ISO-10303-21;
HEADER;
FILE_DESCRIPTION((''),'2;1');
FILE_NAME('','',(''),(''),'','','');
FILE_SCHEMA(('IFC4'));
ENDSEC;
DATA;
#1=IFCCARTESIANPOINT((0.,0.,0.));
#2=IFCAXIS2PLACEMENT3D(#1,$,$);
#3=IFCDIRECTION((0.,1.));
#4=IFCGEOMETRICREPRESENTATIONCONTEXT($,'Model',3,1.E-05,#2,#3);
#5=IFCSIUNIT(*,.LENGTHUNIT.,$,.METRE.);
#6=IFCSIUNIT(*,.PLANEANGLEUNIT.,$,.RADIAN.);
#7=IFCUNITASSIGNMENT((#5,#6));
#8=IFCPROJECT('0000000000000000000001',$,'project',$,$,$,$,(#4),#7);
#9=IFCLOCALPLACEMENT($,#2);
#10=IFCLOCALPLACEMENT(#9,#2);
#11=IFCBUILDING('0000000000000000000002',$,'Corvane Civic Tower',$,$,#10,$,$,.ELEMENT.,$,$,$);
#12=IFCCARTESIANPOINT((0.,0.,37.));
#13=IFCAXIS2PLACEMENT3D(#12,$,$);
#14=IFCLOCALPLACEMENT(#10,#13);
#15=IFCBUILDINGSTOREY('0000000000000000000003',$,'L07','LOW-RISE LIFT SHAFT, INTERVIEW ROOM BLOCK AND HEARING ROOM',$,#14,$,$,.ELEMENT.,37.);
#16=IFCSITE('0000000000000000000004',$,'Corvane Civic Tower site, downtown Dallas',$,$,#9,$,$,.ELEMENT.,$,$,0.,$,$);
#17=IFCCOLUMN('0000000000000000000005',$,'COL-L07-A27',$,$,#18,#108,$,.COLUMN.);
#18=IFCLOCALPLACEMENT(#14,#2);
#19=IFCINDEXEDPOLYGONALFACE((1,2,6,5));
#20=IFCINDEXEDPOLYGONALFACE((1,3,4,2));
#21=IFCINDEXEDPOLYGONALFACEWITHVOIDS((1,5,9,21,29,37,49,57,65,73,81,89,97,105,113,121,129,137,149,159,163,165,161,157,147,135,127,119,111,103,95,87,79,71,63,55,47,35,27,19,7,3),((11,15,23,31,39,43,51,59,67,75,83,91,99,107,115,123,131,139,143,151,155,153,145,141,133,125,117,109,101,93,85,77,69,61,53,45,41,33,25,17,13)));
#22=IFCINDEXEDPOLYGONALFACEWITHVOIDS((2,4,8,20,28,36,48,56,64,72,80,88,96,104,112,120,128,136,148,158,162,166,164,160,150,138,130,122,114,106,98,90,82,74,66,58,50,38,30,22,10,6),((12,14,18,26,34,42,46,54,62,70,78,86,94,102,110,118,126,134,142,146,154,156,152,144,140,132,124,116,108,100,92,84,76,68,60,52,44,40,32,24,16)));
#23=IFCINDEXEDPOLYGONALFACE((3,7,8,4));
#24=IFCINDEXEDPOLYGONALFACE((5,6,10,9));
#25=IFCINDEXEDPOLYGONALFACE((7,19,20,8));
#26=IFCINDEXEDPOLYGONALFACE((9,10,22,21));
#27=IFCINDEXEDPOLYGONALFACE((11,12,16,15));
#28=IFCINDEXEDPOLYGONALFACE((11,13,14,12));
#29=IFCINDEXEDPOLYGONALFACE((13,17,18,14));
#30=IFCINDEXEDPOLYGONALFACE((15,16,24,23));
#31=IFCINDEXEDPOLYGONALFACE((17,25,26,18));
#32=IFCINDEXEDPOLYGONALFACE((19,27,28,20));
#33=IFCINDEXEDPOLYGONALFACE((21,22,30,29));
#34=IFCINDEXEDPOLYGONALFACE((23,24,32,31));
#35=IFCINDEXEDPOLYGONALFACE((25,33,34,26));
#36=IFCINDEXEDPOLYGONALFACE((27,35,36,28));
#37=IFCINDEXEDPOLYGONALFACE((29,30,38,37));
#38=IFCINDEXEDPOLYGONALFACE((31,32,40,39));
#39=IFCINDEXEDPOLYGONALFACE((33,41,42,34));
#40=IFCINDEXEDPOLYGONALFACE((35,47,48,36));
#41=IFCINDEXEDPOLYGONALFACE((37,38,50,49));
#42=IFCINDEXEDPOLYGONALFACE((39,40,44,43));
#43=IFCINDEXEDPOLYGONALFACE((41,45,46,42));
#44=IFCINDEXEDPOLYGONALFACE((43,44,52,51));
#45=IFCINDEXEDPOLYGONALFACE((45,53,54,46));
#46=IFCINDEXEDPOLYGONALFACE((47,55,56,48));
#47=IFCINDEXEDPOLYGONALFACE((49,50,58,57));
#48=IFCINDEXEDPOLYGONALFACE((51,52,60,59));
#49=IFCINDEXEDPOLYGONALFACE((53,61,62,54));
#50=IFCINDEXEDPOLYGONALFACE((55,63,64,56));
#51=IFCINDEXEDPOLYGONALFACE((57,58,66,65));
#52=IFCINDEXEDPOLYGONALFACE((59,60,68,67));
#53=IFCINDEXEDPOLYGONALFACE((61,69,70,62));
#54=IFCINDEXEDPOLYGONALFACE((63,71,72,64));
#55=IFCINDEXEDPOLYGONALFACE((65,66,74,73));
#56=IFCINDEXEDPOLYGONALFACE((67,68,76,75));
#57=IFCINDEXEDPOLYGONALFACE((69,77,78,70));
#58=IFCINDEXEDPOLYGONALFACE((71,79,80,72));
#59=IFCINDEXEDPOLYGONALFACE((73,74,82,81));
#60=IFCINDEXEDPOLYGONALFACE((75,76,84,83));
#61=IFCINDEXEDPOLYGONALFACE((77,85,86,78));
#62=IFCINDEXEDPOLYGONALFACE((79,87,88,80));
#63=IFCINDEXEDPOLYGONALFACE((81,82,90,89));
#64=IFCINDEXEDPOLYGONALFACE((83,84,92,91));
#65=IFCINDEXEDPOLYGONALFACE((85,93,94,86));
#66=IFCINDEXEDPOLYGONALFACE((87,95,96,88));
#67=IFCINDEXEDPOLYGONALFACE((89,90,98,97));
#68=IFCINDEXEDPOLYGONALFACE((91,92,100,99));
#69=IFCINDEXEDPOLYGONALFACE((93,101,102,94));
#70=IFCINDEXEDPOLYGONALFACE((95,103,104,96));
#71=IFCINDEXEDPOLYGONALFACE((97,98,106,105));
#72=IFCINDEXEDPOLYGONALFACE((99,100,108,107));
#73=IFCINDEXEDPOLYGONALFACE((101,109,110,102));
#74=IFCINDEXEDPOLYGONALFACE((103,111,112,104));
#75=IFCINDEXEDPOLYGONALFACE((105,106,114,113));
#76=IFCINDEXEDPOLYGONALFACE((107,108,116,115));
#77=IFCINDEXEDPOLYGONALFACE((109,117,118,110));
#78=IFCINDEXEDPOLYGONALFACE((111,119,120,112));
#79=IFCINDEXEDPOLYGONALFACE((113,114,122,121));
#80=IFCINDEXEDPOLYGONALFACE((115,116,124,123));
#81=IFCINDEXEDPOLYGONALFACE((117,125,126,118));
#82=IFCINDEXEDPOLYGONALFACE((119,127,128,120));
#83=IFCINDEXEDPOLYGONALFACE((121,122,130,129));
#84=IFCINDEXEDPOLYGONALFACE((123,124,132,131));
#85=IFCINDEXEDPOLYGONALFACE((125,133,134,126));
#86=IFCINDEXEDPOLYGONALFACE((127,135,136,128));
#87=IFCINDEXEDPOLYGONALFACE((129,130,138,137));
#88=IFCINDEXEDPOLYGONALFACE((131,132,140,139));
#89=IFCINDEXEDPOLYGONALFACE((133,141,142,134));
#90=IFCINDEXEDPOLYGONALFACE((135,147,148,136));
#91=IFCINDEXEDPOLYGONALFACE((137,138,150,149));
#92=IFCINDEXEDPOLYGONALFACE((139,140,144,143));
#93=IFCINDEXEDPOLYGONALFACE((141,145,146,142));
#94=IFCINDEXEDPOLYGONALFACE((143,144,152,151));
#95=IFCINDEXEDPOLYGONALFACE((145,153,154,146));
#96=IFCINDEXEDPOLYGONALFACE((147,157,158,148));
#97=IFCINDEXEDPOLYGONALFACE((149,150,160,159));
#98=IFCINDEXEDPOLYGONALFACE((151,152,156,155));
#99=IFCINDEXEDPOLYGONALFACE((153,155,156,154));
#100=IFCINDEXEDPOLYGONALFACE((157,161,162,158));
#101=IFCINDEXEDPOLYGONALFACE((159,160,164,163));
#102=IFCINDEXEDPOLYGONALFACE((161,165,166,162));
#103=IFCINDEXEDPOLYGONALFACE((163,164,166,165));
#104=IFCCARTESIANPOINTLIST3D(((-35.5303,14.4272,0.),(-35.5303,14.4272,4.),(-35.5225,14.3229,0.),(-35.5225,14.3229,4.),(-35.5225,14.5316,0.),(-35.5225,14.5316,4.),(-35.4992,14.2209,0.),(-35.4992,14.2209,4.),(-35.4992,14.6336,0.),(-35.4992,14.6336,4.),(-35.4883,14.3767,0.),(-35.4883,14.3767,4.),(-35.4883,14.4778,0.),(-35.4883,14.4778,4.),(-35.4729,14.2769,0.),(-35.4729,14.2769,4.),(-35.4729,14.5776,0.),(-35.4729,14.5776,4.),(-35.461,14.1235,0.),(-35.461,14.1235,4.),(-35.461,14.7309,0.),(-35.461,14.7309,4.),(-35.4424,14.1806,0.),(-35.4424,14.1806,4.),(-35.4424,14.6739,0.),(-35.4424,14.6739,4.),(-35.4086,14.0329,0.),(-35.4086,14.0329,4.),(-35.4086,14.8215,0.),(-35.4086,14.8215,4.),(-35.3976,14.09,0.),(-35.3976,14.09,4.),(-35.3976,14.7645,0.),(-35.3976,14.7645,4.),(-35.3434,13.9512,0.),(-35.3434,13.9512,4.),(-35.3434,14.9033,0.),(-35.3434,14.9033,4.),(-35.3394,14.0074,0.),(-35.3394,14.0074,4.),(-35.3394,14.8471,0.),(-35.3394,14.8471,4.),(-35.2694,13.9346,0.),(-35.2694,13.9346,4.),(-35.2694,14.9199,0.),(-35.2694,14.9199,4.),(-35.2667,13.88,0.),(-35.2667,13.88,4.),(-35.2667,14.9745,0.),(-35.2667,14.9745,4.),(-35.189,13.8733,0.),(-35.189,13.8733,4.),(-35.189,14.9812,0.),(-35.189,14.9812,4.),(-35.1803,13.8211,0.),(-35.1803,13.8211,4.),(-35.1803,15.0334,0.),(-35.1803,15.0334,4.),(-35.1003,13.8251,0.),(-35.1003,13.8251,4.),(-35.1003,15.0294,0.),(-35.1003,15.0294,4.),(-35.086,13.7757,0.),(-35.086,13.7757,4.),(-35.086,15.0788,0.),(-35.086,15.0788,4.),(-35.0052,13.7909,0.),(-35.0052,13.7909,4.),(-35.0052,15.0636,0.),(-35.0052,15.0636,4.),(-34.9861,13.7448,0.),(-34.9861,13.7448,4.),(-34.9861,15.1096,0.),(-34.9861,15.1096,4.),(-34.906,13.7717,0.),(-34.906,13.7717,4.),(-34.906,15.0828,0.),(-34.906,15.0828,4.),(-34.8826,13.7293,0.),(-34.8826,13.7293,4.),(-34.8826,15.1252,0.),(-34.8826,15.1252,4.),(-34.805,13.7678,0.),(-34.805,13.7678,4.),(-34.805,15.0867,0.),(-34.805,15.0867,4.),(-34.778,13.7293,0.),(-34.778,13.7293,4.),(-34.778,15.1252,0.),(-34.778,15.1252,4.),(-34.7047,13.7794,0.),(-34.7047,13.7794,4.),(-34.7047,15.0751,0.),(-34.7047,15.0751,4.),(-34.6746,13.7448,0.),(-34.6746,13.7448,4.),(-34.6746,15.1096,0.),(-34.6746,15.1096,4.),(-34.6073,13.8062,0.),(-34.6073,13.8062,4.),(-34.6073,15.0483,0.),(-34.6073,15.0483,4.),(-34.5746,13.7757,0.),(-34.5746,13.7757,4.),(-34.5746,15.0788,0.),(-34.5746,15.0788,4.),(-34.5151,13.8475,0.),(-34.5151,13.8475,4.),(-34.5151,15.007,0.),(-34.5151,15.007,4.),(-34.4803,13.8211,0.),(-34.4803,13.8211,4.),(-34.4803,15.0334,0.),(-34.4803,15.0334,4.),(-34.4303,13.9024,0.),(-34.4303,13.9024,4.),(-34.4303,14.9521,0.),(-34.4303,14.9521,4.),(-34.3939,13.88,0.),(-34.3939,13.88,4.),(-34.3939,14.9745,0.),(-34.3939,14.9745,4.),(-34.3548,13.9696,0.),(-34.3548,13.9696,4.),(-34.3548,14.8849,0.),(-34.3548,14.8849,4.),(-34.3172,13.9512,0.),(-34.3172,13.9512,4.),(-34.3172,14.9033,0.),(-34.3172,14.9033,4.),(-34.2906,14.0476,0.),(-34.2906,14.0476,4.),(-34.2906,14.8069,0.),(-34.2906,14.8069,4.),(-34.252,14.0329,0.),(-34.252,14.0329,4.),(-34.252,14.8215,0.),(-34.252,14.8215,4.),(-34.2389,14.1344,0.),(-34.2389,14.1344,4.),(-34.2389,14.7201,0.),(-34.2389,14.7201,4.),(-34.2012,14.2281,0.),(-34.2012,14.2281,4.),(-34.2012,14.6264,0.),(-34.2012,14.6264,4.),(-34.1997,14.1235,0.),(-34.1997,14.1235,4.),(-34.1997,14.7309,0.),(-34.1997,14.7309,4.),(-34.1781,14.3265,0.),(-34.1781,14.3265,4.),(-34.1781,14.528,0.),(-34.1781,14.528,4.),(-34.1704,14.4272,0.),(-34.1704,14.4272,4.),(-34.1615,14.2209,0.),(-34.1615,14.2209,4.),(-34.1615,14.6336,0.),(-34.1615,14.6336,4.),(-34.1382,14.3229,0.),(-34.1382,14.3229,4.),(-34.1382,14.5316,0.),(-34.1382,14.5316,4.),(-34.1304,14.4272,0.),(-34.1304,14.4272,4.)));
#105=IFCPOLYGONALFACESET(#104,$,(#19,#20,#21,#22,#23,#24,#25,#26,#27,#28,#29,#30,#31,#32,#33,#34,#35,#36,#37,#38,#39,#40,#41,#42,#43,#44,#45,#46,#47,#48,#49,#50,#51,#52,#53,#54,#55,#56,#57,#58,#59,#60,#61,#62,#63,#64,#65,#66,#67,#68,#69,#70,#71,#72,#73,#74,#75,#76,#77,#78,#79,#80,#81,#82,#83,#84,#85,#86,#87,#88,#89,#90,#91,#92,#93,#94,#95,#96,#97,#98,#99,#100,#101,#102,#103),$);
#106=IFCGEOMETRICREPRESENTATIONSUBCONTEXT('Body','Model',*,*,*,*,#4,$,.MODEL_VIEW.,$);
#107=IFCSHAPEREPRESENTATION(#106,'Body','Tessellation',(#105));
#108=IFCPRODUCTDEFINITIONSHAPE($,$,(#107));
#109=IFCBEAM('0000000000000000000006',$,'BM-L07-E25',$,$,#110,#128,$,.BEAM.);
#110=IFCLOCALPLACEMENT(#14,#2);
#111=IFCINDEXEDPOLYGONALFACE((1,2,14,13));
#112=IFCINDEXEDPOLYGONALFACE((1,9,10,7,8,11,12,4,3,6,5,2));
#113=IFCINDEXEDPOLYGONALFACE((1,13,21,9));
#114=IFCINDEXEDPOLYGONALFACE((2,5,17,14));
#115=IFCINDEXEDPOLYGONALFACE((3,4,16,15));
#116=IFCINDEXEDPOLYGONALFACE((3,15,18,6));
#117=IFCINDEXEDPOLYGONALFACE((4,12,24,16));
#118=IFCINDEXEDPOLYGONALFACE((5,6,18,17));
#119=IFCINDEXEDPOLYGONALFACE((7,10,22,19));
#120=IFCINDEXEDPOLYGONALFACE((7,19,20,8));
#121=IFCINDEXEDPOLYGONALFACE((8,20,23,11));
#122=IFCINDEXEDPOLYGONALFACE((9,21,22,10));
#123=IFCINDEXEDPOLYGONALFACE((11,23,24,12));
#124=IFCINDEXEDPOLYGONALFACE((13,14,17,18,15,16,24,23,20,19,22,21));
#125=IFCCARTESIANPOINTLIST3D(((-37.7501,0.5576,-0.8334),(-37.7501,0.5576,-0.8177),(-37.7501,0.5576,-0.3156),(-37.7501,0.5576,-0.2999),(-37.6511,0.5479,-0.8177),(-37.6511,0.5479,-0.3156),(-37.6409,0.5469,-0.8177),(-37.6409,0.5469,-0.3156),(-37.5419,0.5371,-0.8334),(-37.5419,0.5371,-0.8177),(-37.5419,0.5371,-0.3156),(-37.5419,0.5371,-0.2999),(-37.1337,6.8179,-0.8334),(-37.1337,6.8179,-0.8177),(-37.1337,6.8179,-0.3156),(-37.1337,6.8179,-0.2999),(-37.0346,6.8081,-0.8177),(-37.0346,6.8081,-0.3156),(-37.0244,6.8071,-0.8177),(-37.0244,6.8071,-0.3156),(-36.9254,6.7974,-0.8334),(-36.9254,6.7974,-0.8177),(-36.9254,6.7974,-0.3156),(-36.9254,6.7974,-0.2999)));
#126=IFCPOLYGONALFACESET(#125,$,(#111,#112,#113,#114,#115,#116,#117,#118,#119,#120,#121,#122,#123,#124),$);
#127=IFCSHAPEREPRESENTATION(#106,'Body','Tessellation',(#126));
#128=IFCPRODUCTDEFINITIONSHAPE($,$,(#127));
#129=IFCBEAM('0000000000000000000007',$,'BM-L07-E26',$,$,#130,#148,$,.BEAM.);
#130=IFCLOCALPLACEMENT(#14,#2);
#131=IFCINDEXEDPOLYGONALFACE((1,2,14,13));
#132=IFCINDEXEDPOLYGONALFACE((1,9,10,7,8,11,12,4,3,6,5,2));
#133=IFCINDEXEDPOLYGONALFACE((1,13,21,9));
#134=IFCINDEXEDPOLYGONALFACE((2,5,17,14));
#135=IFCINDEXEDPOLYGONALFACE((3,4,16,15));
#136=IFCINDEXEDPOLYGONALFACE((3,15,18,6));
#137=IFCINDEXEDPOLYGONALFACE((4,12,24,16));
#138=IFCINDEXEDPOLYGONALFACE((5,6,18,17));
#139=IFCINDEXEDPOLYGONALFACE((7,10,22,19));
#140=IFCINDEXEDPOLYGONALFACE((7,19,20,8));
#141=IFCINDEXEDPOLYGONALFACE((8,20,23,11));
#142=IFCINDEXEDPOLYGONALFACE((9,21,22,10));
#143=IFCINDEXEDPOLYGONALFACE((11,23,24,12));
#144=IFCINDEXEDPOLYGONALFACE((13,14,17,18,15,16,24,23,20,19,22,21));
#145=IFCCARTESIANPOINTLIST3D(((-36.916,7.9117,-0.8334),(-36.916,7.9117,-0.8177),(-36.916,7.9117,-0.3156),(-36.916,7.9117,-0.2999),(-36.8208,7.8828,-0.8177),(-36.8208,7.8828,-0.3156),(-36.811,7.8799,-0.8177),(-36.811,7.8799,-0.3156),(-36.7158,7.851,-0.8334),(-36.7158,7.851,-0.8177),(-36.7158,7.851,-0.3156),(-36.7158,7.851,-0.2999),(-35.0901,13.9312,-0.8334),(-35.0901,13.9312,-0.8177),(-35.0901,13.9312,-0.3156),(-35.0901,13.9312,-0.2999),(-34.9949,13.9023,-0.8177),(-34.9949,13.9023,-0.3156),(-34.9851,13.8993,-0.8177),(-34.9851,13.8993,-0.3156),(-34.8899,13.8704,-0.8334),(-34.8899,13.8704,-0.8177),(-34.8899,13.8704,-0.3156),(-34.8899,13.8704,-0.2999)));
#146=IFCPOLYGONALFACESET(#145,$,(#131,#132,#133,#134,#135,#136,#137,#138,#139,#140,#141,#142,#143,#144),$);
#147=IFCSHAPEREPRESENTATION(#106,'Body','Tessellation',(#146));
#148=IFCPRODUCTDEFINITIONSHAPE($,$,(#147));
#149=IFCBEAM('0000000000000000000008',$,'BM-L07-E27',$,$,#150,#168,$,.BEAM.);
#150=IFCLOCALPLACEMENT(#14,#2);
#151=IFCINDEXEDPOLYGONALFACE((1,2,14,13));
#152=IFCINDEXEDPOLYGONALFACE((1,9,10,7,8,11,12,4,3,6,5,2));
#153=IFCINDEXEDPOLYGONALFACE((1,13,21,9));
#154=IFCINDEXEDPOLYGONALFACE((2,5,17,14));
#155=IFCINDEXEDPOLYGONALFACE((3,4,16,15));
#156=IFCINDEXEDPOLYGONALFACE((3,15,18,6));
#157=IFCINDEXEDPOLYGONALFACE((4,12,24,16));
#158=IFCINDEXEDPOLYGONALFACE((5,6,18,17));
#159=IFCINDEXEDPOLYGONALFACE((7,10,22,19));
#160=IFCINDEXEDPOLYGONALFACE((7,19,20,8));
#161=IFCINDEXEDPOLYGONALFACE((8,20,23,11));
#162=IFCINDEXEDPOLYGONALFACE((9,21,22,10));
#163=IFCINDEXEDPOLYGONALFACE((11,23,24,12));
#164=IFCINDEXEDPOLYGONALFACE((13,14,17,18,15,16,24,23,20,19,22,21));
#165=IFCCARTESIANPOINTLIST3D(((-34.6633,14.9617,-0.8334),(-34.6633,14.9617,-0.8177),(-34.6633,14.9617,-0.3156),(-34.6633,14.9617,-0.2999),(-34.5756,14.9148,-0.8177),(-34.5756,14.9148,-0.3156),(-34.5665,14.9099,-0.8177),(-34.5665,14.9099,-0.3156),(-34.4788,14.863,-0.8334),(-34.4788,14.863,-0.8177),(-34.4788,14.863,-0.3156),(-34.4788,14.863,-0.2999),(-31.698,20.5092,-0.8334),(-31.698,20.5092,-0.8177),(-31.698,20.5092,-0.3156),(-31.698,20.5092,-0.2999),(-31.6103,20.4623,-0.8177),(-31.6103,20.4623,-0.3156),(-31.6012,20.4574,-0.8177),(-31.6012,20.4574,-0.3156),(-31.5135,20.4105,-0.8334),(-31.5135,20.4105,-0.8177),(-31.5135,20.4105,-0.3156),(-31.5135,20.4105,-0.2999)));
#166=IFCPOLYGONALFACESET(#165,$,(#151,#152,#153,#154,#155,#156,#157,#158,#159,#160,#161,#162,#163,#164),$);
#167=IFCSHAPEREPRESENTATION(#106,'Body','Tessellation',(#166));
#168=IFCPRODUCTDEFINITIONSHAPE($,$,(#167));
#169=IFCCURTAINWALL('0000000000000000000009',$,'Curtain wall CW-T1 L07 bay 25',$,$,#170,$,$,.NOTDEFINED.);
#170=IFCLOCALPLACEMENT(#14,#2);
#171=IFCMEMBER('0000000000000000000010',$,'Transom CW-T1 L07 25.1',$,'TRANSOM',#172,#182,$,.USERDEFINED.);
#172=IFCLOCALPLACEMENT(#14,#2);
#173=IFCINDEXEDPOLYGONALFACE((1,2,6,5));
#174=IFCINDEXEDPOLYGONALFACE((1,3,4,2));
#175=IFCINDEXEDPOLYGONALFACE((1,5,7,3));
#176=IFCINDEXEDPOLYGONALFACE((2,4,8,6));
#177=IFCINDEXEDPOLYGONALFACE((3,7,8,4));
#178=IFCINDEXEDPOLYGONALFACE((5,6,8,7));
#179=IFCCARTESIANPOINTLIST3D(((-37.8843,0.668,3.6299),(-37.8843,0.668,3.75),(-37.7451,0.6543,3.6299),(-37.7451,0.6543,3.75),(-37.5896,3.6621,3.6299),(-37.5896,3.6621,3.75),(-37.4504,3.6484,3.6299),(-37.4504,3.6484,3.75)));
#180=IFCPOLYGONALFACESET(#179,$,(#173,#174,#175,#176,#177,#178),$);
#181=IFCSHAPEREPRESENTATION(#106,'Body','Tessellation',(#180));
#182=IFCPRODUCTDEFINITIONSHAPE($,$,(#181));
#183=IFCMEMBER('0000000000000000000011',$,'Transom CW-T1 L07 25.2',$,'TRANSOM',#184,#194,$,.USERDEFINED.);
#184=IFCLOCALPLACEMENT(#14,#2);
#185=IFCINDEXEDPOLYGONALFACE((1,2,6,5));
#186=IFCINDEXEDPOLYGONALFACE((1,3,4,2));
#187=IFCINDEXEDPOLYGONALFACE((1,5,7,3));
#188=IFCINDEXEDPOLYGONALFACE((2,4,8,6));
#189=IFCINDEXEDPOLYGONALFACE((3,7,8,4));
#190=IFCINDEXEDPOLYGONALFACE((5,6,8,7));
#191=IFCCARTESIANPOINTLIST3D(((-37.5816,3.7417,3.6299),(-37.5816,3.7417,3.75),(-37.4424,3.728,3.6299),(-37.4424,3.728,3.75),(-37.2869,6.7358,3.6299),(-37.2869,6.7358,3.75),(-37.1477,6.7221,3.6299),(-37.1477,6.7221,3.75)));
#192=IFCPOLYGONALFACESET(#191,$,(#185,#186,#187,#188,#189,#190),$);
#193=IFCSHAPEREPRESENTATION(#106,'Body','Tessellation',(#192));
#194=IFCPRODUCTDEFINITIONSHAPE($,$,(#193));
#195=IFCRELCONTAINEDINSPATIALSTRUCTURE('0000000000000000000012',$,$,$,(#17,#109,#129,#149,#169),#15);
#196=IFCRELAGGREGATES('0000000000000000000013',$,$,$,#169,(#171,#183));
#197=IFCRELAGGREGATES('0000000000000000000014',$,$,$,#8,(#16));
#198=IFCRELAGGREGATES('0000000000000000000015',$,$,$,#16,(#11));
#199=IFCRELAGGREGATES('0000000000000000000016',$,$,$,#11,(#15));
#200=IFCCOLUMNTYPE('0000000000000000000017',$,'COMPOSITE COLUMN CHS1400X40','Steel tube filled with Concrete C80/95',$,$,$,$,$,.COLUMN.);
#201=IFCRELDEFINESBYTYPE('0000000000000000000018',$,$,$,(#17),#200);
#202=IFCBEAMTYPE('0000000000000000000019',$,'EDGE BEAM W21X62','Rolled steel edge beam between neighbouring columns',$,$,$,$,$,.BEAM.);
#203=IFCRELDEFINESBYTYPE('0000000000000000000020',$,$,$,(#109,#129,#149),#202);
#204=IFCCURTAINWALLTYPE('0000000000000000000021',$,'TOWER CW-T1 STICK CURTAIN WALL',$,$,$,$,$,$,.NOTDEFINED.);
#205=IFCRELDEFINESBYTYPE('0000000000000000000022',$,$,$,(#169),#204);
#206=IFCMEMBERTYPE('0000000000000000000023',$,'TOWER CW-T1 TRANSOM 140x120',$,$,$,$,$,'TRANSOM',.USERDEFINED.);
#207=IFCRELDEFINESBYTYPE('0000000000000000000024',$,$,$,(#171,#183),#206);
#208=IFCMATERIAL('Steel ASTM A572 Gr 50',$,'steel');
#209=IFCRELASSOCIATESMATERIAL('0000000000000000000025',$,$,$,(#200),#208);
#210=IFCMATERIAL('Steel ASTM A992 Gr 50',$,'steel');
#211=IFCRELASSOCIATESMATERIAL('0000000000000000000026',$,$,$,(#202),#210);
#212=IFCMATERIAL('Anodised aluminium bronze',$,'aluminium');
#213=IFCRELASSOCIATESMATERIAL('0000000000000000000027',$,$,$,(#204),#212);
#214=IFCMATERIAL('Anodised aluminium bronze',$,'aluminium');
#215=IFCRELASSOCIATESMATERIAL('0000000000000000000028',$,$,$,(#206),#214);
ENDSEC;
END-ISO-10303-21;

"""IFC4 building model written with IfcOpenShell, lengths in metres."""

from ifc_helpers import new_model, si_unit, direction, frame, origin, origin_2d, place, context, subcontext, project, spatial, rectangle, hollow_circle, i_section, extrude, material, material_profile, profile_set, type_object, element, aggregate, save


model = new_model("IFC4")

# Units and contexts
model_context = context("Model", 3, precision=1e-05, world=origin(), true_north=direction((0.0, 1.0)))
body_context = subcontext(model_context, "Body", "Model", "MODEL_VIEW")
ifc_project = project(units=[si_unit("LENGTHUNIT", "METRE"), si_unit("PLANEANGLEUNIT", "RADIAN")], contexts=[model_context])

# Site, building, storey
site_placement = place(None, origin())
site = spatial("IfcSite", under=ifc_project, at=site_placement, Name="Corvane Civic Tower site, downtown Dallas", CompositionType="ELEMENT", RefElevation=0.0)
building_placement = place(site_placement, origin())
building = spatial("IfcBuilding", under=site, at=building_placement, Name="Corvane Civic Tower", CompositionType="ELEMENT")
storey_placement = place(building_placement, frame((0.0, 0.0, 37.0)))
storey = spatial("IfcBuildingStorey", under=building, at=storey_placement, Name="L07", Description="LOW-RISE LIFT SHAFT, INTERVIEW ROOM BLOCK AND HEARING ROOM", CompositionType="ELEMENT", Elevation=37.0)

# Column
ifc_material_1 = material(Name="Steel ASTM A572 Gr 50", Category="steel")
ifc_material_profile_1 = material_profile(ifc_material_1, hollow_circle(Radius=0.7, WallThickness=0.04, at=origin_2d()), Name="CHS1400X40")
ifc_profile_set_1 = profile_set([ifc_material_profile_1], Name="Steel ASTM A572 Gr 50")
column_type = type_object("IfcColumnType", Name="COMPOSITE COLUMN CHS1400X40", Description="Steel tube filled with Concrete C80/95", PredefinedType="COLUMN", material=ifc_profile_set_1)
for number, where, z_axis, x_axis, name in (
    (1, (-34.8303, 14.4272, 0.0), (0.0, 0.0, 1.0), (1.0, 0.0, 0.0), "COL-L07-A27"),
):
    element("IfcColumn", number, at=place(storey_placement, frame(where, z_axis=z_axis, x_axis=x_axis)), inside=storey, type_object=column_type, Name=name, PredefinedType="COLUMN", context=body_context, shape_type="SweptSolid", body=[
        extrude(hollow_circle(Radius=0.7, WallThickness=0.04, at=origin_2d()), origin(), (0.0, 0.0, 1.0), 4.0),
    ])

# Beams
ifc_material_2 = material(Name="Steel ASTM A992 Gr 50", Category="steel")
ifc_material_profile_2 = material_profile(ifc_material_2, i_section(OverallWidth=0.2092, OverallDepth=0.5334, WebThickness=0.0103, FlangeThickness=0.0156, at=origin_2d()), Name="W21X62")
ifc_profile_set_2 = profile_set([ifc_material_profile_2], Name="Steel ASTM A992 Gr 50")
beam_type = type_object("IfcBeamType", Name="EDGE BEAM W21X62", Description="Rolled steel edge beam between neighbouring columns", PredefinedType="BEAM", material=ifc_profile_set_2)
beam_placement = place(storey_placement, frame((-37.646, 0.5474, -0.5667), z_axis=(0.097997, 0.995187, 0.0), x_axis=(-0.995187, 0.097997, 0.0)))
element("IfcBeam", 2, at=beam_placement, inside=storey, type_object=beam_type, Name="BM-L07-E25", PredefinedType="BEAM", context=body_context, shape_type="SweptSolid", body=[
    extrude(i_section(OverallWidth=0.2092, OverallDepth=0.5334, WebThickness=0.0103, FlangeThickness=0.0156, at=origin_2d()), origin(), (0.0, 0.0, 1.0), 6.2905),
])
for number, where, z_axis, x_axis, name in (
    (3, (-36.8159, 7.8813, -0.5667), (0.290273, 0.956944, 0.0), (-0.956944, 0.290273, 0.0), "BM-L07-E26"),
    (4, (-34.571, 14.9124, -0.5667), (0.471406, 0.881916, 0.0), (-0.881916, 0.471406, 0.0), "BM-L07-E27"),
):
    element("IfcBeam", number, at=place(storey_placement, frame(where, z_axis=z_axis, x_axis=x_axis)), inside=storey, type_object=beam_type, Name=name, PredefinedType="BEAM", context=body_context, shape_type="SweptSolid", body=[
        extrude(i_section(OverallWidth=0.2092, OverallDepth=0.5334, WebThickness=0.0103, FlangeThickness=0.0156, at=origin_2d()), origin(), (0.0, 0.0, 1.0), 6.2903),
    ])

# Curtain wall, members
ifc_material_3 = material(Name="Anodised aluminium bronze", Category="aluminium")
curtain_wall_type = type_object("IfcCurtainWallType", Name="TOWER CW-T1 STICK CURTAIN WALL", PredefinedType="NOTDEFINED", material=ifc_material_3)
curtain_wall_1_placement = place(storey_placement, origin())
curtain_wall_1 = element("IfcCurtainWall", 5, at=curtain_wall_1_placement, inside=storey, type_object=curtain_wall_type, Name="Curtain wall CW-T1 L07 bay 25", PredefinedType="NOTDEFINED")
ifc_material_4 = material(Name="Anodised aluminium bronze", Category="aluminium")
ifc_material_profile_3 = material_profile(ifc_material_4, rectangle(XDim=0.1399, YDim=0.1201, at=origin_2d()), Name="TOWER CW-T1 TRANSOM 140x120")
ifc_profile_set_3 = profile_set([ifc_material_profile_3], Name="Anodised aluminium bronze")
member_type_1 = type_object("IfcMemberType", Name="TOWER CW-T1 TRANSOM 140x120", ElementType="TRANSOM", PredefinedType="USERDEFINED", material=ifc_profile_set_3)
member_1_placement = place(storey_placement, frame((-37.8147, 0.6611, 3.6899), z_axis=(0.097945, 0.995192, 0.0), x_axis=(-0.995192, 0.097945, 0.0)))
member_1 = element("IfcMember", 6, at=member_1_placement, type_object=member_type_1, Name="Transom CW-T1 L07 25.1", ObjectType="TRANSOM", PredefinedType="USERDEFINED", context=body_context, shape_type="SweptSolid", body=[
    extrude(rectangle(XDim=0.1399, YDim=0.1201, at=origin_2d()), origin(), (0.0, 0.0, 1.0), 3.0085),
])
member_2_placement = place(storey_placement, frame((-37.512, 3.7349, 3.6899), z_axis=(0.097945, 0.995192, 0.0), x_axis=(-0.995192, 0.097945, 0.0)))
member_2 = element("IfcMember", 7, at=member_2_placement, type_object=member_type_1, Name="Transom CW-T1 L07 25.2", ObjectType="TRANSOM", PredefinedType="USERDEFINED", context=body_context, shape_type="SweptSolid", body=[
    extrude(rectangle(XDim=0.1399, YDim=0.1201, at=origin_2d()), origin(), (0.0, 0.0, 1.0), 3.0085),
])

aggregate(curtain_wall_1, [member_1, member_2])

save(model, "model.ifc")
